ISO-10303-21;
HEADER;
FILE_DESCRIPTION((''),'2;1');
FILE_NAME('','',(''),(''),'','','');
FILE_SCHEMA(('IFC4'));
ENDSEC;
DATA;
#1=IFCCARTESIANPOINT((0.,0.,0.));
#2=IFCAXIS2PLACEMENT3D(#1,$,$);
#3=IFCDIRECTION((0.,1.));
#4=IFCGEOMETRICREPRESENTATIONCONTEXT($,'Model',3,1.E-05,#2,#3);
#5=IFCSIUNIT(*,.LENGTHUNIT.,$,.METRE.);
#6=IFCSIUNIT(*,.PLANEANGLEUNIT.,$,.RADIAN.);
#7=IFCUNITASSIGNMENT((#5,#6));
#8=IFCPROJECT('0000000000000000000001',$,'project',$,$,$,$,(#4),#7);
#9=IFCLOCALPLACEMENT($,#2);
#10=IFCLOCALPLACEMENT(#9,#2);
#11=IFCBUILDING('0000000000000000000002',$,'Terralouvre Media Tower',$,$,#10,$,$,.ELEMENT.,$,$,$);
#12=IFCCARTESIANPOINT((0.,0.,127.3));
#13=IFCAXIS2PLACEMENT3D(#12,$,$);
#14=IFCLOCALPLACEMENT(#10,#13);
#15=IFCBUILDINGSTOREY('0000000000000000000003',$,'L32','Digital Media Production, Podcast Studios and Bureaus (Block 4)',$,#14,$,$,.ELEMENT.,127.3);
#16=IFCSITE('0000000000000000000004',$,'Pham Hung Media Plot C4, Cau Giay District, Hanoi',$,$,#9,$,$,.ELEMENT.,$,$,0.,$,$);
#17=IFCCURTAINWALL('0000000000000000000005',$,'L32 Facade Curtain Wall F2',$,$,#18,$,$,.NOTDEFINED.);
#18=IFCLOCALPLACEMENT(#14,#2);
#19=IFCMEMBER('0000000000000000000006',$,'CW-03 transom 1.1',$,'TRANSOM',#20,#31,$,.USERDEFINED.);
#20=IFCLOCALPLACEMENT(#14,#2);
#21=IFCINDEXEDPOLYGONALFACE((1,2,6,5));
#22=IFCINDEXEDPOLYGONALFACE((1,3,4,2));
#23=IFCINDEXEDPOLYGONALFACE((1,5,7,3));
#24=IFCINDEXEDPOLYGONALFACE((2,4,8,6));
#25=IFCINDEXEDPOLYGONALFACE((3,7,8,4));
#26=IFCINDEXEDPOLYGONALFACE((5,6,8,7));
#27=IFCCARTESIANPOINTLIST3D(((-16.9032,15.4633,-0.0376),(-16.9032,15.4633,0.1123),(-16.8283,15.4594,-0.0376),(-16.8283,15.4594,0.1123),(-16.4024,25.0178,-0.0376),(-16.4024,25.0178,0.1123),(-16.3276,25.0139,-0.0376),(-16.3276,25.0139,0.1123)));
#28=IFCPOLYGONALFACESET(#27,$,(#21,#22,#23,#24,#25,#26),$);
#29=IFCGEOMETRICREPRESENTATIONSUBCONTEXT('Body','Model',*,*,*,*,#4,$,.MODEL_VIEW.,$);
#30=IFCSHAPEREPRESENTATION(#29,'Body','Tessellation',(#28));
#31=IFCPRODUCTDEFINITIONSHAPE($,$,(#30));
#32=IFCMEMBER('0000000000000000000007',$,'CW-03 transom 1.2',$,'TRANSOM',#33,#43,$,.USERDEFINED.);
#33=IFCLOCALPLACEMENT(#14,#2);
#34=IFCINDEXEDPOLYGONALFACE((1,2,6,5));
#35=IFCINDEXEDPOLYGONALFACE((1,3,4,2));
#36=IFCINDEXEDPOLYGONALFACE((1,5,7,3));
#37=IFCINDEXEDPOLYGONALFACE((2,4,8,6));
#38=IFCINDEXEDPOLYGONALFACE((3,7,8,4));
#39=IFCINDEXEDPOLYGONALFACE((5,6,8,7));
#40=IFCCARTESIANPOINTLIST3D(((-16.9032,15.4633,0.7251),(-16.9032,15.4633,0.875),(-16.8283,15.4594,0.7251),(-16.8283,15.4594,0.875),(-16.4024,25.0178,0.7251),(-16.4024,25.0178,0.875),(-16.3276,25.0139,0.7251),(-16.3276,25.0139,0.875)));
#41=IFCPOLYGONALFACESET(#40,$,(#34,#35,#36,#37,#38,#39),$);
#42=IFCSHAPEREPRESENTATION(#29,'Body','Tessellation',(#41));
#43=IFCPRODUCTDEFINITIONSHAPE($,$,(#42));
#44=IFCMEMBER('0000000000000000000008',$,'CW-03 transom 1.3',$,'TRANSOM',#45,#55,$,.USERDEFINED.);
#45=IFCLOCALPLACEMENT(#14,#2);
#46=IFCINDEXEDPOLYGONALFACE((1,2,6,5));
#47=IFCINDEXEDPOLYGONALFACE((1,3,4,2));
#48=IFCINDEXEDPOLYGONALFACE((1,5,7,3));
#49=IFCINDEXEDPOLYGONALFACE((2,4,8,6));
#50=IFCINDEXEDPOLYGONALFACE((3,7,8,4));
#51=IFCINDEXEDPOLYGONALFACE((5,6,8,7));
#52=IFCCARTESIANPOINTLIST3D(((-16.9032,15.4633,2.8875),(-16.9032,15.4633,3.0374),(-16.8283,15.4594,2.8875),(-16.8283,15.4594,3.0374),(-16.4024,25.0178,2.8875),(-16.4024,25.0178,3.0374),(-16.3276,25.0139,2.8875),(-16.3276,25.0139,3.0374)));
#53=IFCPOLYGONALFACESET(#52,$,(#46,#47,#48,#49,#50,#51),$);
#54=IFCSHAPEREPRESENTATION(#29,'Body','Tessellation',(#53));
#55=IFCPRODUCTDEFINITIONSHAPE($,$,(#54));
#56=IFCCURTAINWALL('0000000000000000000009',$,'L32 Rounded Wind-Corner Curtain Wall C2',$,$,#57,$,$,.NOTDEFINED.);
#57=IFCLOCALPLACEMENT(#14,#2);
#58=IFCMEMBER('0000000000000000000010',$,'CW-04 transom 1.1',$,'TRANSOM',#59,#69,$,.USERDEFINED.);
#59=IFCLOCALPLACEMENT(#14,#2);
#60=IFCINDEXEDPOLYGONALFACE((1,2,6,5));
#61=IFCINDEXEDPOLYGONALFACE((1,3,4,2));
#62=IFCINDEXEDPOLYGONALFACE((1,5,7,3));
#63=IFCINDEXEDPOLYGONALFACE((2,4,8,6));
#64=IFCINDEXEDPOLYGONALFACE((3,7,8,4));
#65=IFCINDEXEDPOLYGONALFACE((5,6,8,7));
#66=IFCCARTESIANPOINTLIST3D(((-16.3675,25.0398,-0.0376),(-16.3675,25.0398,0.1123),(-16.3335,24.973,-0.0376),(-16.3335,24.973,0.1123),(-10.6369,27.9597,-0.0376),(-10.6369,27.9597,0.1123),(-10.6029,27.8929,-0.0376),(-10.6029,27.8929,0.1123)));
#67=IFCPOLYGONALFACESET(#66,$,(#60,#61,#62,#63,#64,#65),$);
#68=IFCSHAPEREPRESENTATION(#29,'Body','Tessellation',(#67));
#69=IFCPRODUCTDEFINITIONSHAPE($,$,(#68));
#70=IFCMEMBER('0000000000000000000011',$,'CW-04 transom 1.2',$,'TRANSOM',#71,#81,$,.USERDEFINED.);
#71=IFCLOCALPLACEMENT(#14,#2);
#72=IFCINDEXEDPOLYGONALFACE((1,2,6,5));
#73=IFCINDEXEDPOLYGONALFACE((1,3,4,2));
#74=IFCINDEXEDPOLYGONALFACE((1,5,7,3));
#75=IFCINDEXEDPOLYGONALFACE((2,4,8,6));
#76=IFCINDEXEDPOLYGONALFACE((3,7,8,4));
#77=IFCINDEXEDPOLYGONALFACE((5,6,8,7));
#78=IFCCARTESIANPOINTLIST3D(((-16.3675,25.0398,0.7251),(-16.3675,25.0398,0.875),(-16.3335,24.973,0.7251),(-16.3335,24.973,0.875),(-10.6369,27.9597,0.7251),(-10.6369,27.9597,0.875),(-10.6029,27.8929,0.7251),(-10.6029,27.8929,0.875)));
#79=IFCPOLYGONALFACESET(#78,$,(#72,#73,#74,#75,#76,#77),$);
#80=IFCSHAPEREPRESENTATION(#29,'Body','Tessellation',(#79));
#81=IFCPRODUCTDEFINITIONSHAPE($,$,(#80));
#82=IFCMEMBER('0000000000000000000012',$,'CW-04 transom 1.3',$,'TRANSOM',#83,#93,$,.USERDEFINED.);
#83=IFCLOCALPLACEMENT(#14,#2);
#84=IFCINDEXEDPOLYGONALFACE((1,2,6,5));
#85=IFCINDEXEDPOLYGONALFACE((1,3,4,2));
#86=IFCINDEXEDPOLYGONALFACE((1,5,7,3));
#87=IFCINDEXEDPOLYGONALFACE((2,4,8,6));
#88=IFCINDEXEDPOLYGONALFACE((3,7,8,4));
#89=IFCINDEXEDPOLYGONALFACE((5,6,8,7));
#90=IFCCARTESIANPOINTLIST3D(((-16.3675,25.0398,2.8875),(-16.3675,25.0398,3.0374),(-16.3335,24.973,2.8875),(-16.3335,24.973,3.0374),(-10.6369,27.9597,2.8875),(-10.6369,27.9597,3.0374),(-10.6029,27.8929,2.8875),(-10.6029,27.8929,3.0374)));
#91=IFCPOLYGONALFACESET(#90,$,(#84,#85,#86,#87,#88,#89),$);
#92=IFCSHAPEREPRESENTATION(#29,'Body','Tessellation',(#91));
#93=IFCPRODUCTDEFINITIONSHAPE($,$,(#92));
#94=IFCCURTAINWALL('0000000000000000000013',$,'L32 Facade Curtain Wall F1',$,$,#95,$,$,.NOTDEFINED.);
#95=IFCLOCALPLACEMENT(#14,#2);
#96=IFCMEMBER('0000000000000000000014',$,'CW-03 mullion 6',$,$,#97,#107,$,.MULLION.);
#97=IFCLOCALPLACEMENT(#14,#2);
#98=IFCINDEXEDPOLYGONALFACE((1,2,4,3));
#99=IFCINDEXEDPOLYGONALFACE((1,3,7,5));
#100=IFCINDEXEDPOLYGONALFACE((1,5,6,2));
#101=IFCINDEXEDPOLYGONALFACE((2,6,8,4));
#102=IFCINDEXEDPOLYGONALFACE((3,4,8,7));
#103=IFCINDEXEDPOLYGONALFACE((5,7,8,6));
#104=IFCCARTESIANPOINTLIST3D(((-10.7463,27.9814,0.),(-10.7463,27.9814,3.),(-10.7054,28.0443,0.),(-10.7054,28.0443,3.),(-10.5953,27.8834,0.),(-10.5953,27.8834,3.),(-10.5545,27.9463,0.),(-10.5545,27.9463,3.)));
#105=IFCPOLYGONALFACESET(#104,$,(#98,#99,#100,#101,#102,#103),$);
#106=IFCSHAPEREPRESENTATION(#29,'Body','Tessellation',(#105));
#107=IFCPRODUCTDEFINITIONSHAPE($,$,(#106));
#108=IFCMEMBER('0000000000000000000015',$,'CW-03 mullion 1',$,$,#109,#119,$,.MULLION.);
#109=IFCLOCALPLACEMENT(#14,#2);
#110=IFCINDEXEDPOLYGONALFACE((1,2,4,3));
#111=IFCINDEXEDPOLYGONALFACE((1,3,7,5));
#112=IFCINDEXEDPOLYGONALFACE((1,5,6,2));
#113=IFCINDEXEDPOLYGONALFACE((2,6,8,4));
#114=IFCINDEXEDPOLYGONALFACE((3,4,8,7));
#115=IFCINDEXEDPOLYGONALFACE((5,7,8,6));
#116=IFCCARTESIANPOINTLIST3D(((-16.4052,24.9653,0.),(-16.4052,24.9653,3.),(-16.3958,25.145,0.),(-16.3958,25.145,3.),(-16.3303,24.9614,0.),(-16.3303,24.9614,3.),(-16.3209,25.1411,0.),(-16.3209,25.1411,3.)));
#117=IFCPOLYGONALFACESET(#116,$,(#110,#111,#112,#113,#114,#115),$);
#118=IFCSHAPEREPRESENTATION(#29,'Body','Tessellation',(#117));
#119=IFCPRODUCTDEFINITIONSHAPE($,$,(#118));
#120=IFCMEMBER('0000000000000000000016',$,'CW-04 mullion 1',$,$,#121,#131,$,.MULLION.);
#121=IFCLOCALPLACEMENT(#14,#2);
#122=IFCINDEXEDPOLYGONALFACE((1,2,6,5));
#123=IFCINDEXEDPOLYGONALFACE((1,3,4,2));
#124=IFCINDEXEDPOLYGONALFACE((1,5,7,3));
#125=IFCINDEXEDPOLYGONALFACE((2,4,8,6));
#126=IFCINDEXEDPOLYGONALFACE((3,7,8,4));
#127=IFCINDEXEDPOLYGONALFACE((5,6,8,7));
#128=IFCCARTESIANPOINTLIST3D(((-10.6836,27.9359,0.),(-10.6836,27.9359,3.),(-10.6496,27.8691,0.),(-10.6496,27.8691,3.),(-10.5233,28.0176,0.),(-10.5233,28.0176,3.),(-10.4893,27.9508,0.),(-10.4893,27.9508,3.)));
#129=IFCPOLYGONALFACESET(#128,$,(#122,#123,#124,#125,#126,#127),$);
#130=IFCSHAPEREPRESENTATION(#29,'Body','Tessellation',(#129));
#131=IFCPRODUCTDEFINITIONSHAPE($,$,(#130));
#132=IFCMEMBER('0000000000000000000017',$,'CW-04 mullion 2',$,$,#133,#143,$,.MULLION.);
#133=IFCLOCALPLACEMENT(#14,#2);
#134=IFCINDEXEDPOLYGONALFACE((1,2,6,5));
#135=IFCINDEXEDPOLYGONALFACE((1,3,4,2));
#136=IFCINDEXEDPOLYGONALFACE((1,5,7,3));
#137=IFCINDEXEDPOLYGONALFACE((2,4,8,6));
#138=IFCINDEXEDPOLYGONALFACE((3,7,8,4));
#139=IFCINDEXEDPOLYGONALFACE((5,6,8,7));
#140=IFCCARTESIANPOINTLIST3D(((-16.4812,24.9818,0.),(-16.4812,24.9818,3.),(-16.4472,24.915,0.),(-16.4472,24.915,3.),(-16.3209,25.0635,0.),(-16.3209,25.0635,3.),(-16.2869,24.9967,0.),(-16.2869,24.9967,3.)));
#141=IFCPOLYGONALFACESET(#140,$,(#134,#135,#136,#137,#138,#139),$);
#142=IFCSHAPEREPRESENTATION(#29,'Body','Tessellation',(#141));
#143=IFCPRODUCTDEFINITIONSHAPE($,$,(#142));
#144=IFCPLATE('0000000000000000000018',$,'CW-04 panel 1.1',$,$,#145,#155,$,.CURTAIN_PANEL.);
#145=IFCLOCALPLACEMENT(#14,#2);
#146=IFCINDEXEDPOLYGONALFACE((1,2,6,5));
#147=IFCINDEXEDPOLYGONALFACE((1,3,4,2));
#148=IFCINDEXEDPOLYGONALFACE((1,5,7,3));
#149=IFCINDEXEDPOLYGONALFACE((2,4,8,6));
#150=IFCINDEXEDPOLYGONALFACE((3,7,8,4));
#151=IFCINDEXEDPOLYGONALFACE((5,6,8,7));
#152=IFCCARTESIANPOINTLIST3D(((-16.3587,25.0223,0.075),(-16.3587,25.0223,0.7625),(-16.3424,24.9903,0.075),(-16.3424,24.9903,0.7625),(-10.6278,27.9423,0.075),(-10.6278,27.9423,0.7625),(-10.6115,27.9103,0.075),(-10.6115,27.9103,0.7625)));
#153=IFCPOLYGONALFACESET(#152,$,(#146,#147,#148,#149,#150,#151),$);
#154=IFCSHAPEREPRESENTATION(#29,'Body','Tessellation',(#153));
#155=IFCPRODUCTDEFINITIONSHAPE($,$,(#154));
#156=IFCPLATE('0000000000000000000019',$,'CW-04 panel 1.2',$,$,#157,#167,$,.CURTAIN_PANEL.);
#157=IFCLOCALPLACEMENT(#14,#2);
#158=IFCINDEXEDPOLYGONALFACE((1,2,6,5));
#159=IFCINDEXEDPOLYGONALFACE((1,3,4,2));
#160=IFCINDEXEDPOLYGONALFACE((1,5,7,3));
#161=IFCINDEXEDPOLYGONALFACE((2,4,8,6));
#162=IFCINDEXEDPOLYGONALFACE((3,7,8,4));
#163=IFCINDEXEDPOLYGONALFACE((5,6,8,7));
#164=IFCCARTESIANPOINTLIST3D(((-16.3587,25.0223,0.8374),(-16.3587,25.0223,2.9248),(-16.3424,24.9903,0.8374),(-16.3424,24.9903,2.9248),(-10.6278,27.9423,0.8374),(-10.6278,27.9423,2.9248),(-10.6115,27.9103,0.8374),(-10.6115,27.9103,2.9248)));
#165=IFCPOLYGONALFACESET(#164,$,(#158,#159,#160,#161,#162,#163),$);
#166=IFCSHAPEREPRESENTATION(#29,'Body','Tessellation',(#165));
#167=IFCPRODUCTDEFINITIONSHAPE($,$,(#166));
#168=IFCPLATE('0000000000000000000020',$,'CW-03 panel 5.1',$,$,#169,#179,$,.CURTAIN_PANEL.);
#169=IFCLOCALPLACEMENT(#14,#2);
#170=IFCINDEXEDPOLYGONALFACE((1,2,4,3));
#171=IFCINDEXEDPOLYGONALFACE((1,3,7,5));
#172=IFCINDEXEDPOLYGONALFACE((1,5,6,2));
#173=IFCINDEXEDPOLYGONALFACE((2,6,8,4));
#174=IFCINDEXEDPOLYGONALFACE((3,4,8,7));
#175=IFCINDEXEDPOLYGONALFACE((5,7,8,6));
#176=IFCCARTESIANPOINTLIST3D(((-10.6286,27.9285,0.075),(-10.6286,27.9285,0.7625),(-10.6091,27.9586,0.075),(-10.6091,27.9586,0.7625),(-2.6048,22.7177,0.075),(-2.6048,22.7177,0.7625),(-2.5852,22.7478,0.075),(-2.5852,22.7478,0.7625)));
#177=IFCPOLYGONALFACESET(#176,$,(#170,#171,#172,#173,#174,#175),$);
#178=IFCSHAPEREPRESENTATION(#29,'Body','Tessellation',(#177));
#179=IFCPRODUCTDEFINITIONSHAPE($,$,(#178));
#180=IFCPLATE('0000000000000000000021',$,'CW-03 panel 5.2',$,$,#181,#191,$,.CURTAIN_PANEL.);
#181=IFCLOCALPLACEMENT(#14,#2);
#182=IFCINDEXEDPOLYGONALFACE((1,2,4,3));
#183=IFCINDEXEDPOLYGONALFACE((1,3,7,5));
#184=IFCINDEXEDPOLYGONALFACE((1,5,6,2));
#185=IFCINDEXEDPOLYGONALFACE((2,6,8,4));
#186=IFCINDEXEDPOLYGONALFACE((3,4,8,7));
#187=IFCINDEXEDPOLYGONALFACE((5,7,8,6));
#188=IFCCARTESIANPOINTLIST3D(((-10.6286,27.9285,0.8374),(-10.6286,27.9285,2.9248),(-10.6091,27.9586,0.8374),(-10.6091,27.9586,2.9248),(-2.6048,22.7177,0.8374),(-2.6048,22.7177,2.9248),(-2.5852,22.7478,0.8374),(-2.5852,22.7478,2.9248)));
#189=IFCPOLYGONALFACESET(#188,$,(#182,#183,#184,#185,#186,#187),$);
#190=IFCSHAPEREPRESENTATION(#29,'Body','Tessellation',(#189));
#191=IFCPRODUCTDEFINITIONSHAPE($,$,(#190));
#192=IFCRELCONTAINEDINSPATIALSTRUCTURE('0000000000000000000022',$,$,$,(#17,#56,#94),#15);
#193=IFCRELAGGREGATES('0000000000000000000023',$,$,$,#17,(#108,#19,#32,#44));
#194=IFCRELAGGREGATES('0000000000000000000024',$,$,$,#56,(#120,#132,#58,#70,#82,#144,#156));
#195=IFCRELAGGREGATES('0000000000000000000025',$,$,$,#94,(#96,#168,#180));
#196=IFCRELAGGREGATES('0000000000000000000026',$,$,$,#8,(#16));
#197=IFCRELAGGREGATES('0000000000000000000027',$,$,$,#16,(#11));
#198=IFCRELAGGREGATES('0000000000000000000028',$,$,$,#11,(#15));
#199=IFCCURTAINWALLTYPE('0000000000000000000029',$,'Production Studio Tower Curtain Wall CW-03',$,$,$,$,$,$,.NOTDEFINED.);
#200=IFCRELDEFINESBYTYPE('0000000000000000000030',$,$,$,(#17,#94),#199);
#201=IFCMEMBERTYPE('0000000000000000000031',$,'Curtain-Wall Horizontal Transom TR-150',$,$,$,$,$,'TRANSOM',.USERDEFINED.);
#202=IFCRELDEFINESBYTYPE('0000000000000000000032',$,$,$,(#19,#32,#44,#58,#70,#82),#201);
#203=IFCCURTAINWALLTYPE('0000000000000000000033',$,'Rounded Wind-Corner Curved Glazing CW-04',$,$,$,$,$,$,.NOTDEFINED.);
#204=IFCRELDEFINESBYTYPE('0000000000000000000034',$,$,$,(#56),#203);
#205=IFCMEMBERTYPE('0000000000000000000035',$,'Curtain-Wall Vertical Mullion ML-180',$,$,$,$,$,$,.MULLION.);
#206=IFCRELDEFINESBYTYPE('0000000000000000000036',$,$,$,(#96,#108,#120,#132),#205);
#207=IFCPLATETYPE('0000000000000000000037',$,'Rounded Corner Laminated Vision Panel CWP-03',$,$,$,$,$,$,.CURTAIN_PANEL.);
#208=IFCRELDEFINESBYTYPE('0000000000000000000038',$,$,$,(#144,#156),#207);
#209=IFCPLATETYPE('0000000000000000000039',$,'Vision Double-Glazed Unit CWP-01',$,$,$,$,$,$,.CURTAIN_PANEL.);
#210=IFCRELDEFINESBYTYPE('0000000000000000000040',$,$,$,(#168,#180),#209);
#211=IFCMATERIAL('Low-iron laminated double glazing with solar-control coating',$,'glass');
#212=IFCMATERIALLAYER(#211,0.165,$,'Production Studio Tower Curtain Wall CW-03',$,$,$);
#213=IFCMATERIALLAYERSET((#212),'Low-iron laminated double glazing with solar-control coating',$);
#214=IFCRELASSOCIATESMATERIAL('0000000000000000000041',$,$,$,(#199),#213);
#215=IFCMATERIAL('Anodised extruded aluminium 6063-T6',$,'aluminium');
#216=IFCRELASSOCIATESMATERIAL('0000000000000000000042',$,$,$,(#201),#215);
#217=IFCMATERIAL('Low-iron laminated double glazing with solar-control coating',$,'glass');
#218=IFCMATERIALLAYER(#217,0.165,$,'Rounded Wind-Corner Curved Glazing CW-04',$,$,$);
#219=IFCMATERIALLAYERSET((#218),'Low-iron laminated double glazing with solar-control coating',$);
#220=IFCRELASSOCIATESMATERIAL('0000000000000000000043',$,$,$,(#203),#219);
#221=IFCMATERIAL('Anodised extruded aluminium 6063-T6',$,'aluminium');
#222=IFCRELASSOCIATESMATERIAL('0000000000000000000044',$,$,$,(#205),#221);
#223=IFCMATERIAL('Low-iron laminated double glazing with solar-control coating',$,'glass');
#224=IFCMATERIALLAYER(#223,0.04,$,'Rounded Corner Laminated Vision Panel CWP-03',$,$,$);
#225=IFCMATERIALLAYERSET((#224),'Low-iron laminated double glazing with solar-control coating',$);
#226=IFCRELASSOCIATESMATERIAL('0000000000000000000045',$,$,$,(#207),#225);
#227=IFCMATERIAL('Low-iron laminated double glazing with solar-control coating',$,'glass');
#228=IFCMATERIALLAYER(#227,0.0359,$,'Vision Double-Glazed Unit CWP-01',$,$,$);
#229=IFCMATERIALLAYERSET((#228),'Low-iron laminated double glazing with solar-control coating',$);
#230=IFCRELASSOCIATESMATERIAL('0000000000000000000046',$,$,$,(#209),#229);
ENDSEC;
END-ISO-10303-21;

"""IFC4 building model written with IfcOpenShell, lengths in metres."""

from ifc_helpers import new_model, si_unit, direction, frame, origin, origin_2d, place, context, subcontext, project, spatial, rectangle, extrude, material, layer, layer_set, material_profile, profile_set, type_object, element, aggregate, save


model = new_model("IFC4")

# Units and contexts
model_context = context("Model", 3, precision=1e-05, world=origin(), true_north=direction((0.0, 1.0)))
body_context = subcontext(model_context, "Body", "Model", "MODEL_VIEW")
ifc_project = project(units=[si_unit("LENGTHUNIT", "METRE"), si_unit("PLANEANGLEUNIT", "RADIAN")], contexts=[model_context])

# Site, building, storey
site_placement = place(None, origin())
site = spatial("IfcSite", under=ifc_project, at=site_placement, Name="Pham Hung Media Plot C4, Cau Giay District, Hanoi", CompositionType="ELEMENT", RefElevation=0.0)
building_placement = place(site_placement, origin())
building = spatial("IfcBuilding", under=site, at=building_placement, Name="Terralouvre Media Tower", CompositionType="ELEMENT")
storey_placement = place(building_placement, frame((0.0, 0.0, 127.3)))
storey = spatial("IfcBuildingStorey", under=building, at=storey_placement, Name="L32", Description="Digital Media Production, Podcast Studios and Bureaus (Block 4)", CompositionType="ELEMENT", Elevation=127.3)

# Curtain walls, members
ifc_material_1 = material(Name="Low-iron laminated double glazing with solar-control coating", Category="glass")
ifc_layer_1 = layer(ifc_material_1, 0.165, Name="Production Studio Tower Curtain Wall CW-03")
ifc_layer_set_1 = layer_set([ifc_layer_1], Name="Low-iron laminated double glazing with solar-control coating")
curtain_wall_type_1 = type_object("IfcCurtainWallType", Name="Production Studio Tower Curtain Wall CW-03", PredefinedType="NOTDEFINED", material=ifc_layer_set_1)
curtain_wall_1_placement = place(storey_placement, origin())
curtain_wall_1 = element("IfcCurtainWall", 1, at=curtain_wall_1_placement, inside=storey, type_object=curtain_wall_type_1, Name="L32 Facade Curtain Wall F2", PredefinedType="NOTDEFINED")
ifc_material_2 = material(Name="Anodised extruded aluminium 6063-T6", Category="aluminium")
ifc_material_profile_1 = material_profile(ifc_material_2, rectangle(XDim=0.075, YDim=0.1499, at=origin_2d()), Name="ALU 75x150")
ifc_profile_set_1 = profile_set([ifc_material_profile_1], Name="Anodised extruded aluminium 6063-T6")
member_type_1 = type_object("IfcMemberType", Name="Curtain-Wall Horizontal Transom TR-150", ElementType="TRANSOM", PredefinedType="USERDEFINED", material=ifc_profile_set_1)
member_1_placement = place(storey_placement, frame((-16.365, 25.0159, 0.0374), z_axis=(-0.052337, -0.99863, 0.0), x_axis=(0.99863, -0.052337, 0.0)))
member_1 = element("IfcMember", 2, at=member_1_placement, type_object=member_type_1, Name="CW-03 transom 1.1", ObjectType="TRANSOM", PredefinedType="USERDEFINED", context=body_context, shape_type="SweptSolid", body=[
    extrude(rectangle(XDim=0.075, YDim=0.1499, at=origin_2d()), origin(), (0.0, 0.0, 1.0), 9.5676),
])
member_2_placement = place(storey_placement, frame((-16.365, 25.0159, 0.8), z_axis=(-0.052337, -0.99863, 0.0), x_axis=(0.99863, -0.052337, 0.0)))
member_2 = element("IfcMember", 3, at=member_2_placement, type_object=member_type_1, Name="CW-03 transom 1.2", ObjectType="TRANSOM", PredefinedType="USERDEFINED", context=body_context, shape_type="SweptSolid", body=[
    extrude(rectangle(XDim=0.075, YDim=0.1499, at=origin_2d()), origin(), (0.0, 0.0, 1.0), 9.5676),
])
member_3_placement = place(storey_placement, frame((-16.365, 25.0159, 2.9624), z_axis=(-0.052337, -0.99863, 0.0), x_axis=(0.99863, -0.052337, 0.0)))
member_3 = element("IfcMember", 4, at=member_3_placement, type_object=member_type_1, Name="CW-03 transom 1.3", ObjectType="TRANSOM", PredefinedType="USERDEFINED", context=body_context, shape_type="SweptSolid", body=[
    extrude(rectangle(XDim=0.075, YDim=0.1499, at=origin_2d()), origin(), (0.0, 0.0, 1.0), 9.5676),
])
ifc_material_3 = material(Name="Low-iron laminated double glazing with solar-control coating", Category="glass")
ifc_layer_2 = layer(ifc_material_3, 0.165, Name="Rounded Wind-Corner Curved Glazing CW-04")
ifc_layer_set_2 = layer_set([ifc_layer_2], Name="Low-iron laminated double glazing with solar-control coating")
curtain_wall_type_2 = type_object("IfcCurtainWallType", Name="Rounded Wind-Corner Curved Glazing CW-04", PredefinedType="NOTDEFINED", material=ifc_layer_set_2)
curtain_wall_2_placement = place(storey_placement, origin())
curtain_wall_2 = element("IfcCurtainWall", 5, at=curtain_wall_2_placement, inside=storey, type_object=curtain_wall_type_2, Name="L32 Rounded Wind-Corner Curtain Wall C2", PredefinedType="NOTDEFINED")
member_4_placement = place(storey_placement, frame((-10.6199, 27.9263, 0.0374), z_axis=(-0.891008, -0.453988, 0.0), x_axis=(0.453988, -0.891008, 0.0)))
member_4 = element("IfcMember", 6, at=member_4_placement, type_object=member_type_1, Name="CW-04 transom 1.1", ObjectType="TRANSOM", PredefinedType="USERDEFINED", context=body_context, shape_type="SweptSolid", body=[
    extrude(rectangle(XDim=0.075, YDim=0.1499, at=origin_2d()), origin(), (0.0, 0.0, 1.0), 6.4316),
])
member_5_placement = place(storey_placement, frame((-10.6199, 27.9263, 0.8), z_axis=(-0.891008, -0.453988, 0.0), x_axis=(0.453988, -0.891008, 0.0)))
member_5 = element("IfcMember", 7, at=member_5_placement, type_object=member_type_1, Name="CW-04 transom 1.2", ObjectType="TRANSOM", PredefinedType="USERDEFINED", context=body_context, shape_type="SweptSolid", body=[
    extrude(rectangle(XDim=0.075, YDim=0.1499, at=origin_2d()), origin(), (0.0, 0.0, 1.0), 6.4316),
])
member_6_placement = place(storey_placement, frame((-10.6199, 27.9263, 2.9624), z_axis=(-0.891008, -0.453988, 0.0), x_axis=(0.453988, -0.891008, 0.0)))
member_6 = element("IfcMember", 8, at=member_6_placement, type_object=member_type_1, Name="CW-04 transom 1.3", ObjectType="TRANSOM", PredefinedType="USERDEFINED", context=body_context, shape_type="SweptSolid", body=[
    extrude(rectangle(XDim=0.075, YDim=0.1499, at=origin_2d()), origin(), (0.0, 0.0, 1.0), 6.4316),
])

# Curtain wall, member
curtain_wall_3_placement = place(storey_placement, origin())
curtain_wall_3 = element("IfcCurtainWall", 9, at=curtain_wall_3_placement, inside=storey, type_object=curtain_wall_type_1, Name="L32 Facade Curtain Wall F1", PredefinedType="NOTDEFINED")
ifc_material_4 = material(Name="Anodised extruded aluminium 6063-T6", Category="aluminium")
ifc_material_profile_2 = material_profile(ifc_material_4, rectangle(XDim=0.075, YDim=0.1799, at=origin_2d()), Name="ALU 75x180")
ifc_profile_set_2 = profile_set([ifc_material_profile_2], Name="Anodised extruded aluminium 6063-T6")
member_type_2 = type_object("IfcMemberType", Name="Curtain-Wall Vertical Mullion ML-180", PredefinedType="MULLION", material=ifc_profile_set_2)
member_7_placement = place(storey_placement, frame((-10.6504, 27.9639, 0.0), z_axis=(0.0, 0.0, 1.0), x_axis=(-0.544639, -0.838671, 0.0)))
member_7 = element("IfcMember", 10, at=member_7_placement, type_object=member_type_2, Name="CW-03 mullion 6", PredefinedType="MULLION", context=body_context, shape_type="SweptSolid", body=[
    extrude(rectangle(XDim=0.075, YDim=0.1799, at=origin_2d()), origin(), (0.0, 0.0, 1.0), 3.0),
])

# Members
member_8_placement = place(storey_placement, frame((-16.363, 25.0532, 0.0), z_axis=(0.0, 0.0, 1.0), x_axis=(0.99863, -0.052336, 0.0)))
member_8 = element("IfcMember", 11, at=member_8_placement, type_object=member_type_2, Name="CW-03 mullion 1", PredefinedType="MULLION", context=body_context, shape_type="SweptSolid", body=[
    extrude(rectangle(XDim=0.075, YDim=0.1799, at=origin_2d()), origin(), (0.0, 0.0, 1.0), 3.0),
])
aggregate(curtain_wall_1, [member_8, member_1, member_2, member_3])
member_9_placement = place(storey_placement, frame((-10.5864, 27.9434, 0.0), z_axis=(0.0, 0.0, 1.0), x_axis=(0.45399, -0.891007, 0.0)))
member_9 = element("IfcMember", 12, at=member_9_placement, type_object=member_type_2, Name="CW-04 mullion 1", PredefinedType="MULLION", context=body_context, shape_type="SweptSolid", body=[
    extrude(rectangle(XDim=0.075, YDim=0.1799, at=origin_2d()), origin(), (0.0, 0.0, 1.0), 3.0),
])
member_10_placement = place(storey_placement, frame((-16.384, 24.9893, 0.0), z_axis=(0.0, 0.0, 1.0), x_axis=(0.45399, -0.891007, 0.0)))
member_10 = element("IfcMember", 13, at=member_10_placement, type_object=member_type_2, Name="CW-04 mullion 2", PredefinedType="MULLION", context=body_context, shape_type="SweptSolid", body=[
    extrude(rectangle(XDim=0.075, YDim=0.1799, at=origin_2d()), origin(), (0.0, 0.0, 1.0), 3.0),
])

# Plates
ifc_material_5 = material(Name="Low-iron laminated double glazing with solar-control coating", Category="glass")
ifc_layer_3 = layer(ifc_material_5, 0.04, Name="Rounded Corner Laminated Vision Panel CWP-03")
ifc_layer_set_3 = layer_set([ifc_layer_3], Name="Low-iron laminated double glazing with solar-control coating")
plate_type_1 = type_object("IfcPlateType", Name="Rounded Corner Laminated Vision Panel CWP-03", PredefinedType="CURTAIN_PANEL", material=ifc_layer_set_3)
plate_1_placement = place(storey_placement, frame((-13.4851, 26.4663, 0.075), z_axis=(0.0, 0.0, 1.0), x_axis=(-0.891007, -0.45399, 0.0)))
plate_1 = element("IfcPlate", 14, at=plate_1_placement, type_object=plate_type_1, Name="CW-04 panel 1.1", PredefinedType="CURTAIN_PANEL", context=body_context, shape_type="SweptSolid", body=[
    extrude(rectangle(XDim=6.4319, YDim=0.0359, at=origin_2d()), origin(), (0.0, 0.0, 1.0), 0.6875),
])
plate_2_placement = place(storey_placement, frame((-13.4851, 26.4663, 0.8374), z_axis=(0.0, 0.0, 1.0), x_axis=(-0.891007, -0.45399, 0.0)))
plate_2 = element("IfcPlate", 15, at=plate_2_placement, type_object=plate_type_1, Name="CW-04 panel 1.2", PredefinedType="CURTAIN_PANEL", context=body_context, shape_type="SweptSolid", body=[
    extrude(rectangle(XDim=6.4319, YDim=0.0359, at=origin_2d()), origin(), (0.0, 0.0, 1.0), 2.0874),
])
aggregate(curtain_wall_2, [member_9, member_10, member_4, member_5, member_6, plate_1, plate_2])
ifc_material_6 = material(Name="Low-iron laminated double glazing with solar-control coating", Category="glass")
ifc_layer_4 = layer(ifc_material_6, 0.0359, Name="Vision Double-Glazed Unit CWP-01")
ifc_layer_set_4 = layer_set([ifc_layer_4], Name="Low-iron laminated double glazing with solar-control coating")
plate_type_2 = type_object("IfcPlateType", Name="Vision Double-Glazed Unit CWP-01", PredefinedType="CURTAIN_PANEL", material=ifc_layer_set_4)
plate_3_placement = place(storey_placement, frame((-6.6069, 25.3381, 0.075), z_axis=(0.0, 0.0, 1.0), x_axis=(-0.838671, 0.544639, 0.0)))
plate_3 = element("IfcPlate", 16, at=plate_3_placement, type_object=plate_type_2, Name="CW-03 panel 5.1", PredefinedType="CURTAIN_PANEL", context=body_context, shape_type="SweptSolid", body=[
    extrude(rectangle(XDim=9.5674, YDim=0.0359, at=origin_2d()), origin(), (0.0, 0.0, 1.0), 0.6875),
])
plate_4_placement = place(storey_placement, frame((-6.6069, 25.3381, 0.8374), z_axis=(0.0, 0.0, 1.0), x_axis=(-0.838671, 0.544639, 0.0)))
plate_4 = element("IfcPlate", 17, at=plate_4_placement, type_object=plate_type_2, Name="CW-03 panel 5.2", PredefinedType="CURTAIN_PANEL", context=body_context, shape_type="SweptSolid", body=[
    extrude(rectangle(XDim=9.5674, YDim=0.0359, at=origin_2d()), origin(), (0.0, 0.0, 1.0), 2.0874),
])
aggregate(curtain_wall_3, [member_7, plate_3, plate_4])

save(model, "model.ifc")
